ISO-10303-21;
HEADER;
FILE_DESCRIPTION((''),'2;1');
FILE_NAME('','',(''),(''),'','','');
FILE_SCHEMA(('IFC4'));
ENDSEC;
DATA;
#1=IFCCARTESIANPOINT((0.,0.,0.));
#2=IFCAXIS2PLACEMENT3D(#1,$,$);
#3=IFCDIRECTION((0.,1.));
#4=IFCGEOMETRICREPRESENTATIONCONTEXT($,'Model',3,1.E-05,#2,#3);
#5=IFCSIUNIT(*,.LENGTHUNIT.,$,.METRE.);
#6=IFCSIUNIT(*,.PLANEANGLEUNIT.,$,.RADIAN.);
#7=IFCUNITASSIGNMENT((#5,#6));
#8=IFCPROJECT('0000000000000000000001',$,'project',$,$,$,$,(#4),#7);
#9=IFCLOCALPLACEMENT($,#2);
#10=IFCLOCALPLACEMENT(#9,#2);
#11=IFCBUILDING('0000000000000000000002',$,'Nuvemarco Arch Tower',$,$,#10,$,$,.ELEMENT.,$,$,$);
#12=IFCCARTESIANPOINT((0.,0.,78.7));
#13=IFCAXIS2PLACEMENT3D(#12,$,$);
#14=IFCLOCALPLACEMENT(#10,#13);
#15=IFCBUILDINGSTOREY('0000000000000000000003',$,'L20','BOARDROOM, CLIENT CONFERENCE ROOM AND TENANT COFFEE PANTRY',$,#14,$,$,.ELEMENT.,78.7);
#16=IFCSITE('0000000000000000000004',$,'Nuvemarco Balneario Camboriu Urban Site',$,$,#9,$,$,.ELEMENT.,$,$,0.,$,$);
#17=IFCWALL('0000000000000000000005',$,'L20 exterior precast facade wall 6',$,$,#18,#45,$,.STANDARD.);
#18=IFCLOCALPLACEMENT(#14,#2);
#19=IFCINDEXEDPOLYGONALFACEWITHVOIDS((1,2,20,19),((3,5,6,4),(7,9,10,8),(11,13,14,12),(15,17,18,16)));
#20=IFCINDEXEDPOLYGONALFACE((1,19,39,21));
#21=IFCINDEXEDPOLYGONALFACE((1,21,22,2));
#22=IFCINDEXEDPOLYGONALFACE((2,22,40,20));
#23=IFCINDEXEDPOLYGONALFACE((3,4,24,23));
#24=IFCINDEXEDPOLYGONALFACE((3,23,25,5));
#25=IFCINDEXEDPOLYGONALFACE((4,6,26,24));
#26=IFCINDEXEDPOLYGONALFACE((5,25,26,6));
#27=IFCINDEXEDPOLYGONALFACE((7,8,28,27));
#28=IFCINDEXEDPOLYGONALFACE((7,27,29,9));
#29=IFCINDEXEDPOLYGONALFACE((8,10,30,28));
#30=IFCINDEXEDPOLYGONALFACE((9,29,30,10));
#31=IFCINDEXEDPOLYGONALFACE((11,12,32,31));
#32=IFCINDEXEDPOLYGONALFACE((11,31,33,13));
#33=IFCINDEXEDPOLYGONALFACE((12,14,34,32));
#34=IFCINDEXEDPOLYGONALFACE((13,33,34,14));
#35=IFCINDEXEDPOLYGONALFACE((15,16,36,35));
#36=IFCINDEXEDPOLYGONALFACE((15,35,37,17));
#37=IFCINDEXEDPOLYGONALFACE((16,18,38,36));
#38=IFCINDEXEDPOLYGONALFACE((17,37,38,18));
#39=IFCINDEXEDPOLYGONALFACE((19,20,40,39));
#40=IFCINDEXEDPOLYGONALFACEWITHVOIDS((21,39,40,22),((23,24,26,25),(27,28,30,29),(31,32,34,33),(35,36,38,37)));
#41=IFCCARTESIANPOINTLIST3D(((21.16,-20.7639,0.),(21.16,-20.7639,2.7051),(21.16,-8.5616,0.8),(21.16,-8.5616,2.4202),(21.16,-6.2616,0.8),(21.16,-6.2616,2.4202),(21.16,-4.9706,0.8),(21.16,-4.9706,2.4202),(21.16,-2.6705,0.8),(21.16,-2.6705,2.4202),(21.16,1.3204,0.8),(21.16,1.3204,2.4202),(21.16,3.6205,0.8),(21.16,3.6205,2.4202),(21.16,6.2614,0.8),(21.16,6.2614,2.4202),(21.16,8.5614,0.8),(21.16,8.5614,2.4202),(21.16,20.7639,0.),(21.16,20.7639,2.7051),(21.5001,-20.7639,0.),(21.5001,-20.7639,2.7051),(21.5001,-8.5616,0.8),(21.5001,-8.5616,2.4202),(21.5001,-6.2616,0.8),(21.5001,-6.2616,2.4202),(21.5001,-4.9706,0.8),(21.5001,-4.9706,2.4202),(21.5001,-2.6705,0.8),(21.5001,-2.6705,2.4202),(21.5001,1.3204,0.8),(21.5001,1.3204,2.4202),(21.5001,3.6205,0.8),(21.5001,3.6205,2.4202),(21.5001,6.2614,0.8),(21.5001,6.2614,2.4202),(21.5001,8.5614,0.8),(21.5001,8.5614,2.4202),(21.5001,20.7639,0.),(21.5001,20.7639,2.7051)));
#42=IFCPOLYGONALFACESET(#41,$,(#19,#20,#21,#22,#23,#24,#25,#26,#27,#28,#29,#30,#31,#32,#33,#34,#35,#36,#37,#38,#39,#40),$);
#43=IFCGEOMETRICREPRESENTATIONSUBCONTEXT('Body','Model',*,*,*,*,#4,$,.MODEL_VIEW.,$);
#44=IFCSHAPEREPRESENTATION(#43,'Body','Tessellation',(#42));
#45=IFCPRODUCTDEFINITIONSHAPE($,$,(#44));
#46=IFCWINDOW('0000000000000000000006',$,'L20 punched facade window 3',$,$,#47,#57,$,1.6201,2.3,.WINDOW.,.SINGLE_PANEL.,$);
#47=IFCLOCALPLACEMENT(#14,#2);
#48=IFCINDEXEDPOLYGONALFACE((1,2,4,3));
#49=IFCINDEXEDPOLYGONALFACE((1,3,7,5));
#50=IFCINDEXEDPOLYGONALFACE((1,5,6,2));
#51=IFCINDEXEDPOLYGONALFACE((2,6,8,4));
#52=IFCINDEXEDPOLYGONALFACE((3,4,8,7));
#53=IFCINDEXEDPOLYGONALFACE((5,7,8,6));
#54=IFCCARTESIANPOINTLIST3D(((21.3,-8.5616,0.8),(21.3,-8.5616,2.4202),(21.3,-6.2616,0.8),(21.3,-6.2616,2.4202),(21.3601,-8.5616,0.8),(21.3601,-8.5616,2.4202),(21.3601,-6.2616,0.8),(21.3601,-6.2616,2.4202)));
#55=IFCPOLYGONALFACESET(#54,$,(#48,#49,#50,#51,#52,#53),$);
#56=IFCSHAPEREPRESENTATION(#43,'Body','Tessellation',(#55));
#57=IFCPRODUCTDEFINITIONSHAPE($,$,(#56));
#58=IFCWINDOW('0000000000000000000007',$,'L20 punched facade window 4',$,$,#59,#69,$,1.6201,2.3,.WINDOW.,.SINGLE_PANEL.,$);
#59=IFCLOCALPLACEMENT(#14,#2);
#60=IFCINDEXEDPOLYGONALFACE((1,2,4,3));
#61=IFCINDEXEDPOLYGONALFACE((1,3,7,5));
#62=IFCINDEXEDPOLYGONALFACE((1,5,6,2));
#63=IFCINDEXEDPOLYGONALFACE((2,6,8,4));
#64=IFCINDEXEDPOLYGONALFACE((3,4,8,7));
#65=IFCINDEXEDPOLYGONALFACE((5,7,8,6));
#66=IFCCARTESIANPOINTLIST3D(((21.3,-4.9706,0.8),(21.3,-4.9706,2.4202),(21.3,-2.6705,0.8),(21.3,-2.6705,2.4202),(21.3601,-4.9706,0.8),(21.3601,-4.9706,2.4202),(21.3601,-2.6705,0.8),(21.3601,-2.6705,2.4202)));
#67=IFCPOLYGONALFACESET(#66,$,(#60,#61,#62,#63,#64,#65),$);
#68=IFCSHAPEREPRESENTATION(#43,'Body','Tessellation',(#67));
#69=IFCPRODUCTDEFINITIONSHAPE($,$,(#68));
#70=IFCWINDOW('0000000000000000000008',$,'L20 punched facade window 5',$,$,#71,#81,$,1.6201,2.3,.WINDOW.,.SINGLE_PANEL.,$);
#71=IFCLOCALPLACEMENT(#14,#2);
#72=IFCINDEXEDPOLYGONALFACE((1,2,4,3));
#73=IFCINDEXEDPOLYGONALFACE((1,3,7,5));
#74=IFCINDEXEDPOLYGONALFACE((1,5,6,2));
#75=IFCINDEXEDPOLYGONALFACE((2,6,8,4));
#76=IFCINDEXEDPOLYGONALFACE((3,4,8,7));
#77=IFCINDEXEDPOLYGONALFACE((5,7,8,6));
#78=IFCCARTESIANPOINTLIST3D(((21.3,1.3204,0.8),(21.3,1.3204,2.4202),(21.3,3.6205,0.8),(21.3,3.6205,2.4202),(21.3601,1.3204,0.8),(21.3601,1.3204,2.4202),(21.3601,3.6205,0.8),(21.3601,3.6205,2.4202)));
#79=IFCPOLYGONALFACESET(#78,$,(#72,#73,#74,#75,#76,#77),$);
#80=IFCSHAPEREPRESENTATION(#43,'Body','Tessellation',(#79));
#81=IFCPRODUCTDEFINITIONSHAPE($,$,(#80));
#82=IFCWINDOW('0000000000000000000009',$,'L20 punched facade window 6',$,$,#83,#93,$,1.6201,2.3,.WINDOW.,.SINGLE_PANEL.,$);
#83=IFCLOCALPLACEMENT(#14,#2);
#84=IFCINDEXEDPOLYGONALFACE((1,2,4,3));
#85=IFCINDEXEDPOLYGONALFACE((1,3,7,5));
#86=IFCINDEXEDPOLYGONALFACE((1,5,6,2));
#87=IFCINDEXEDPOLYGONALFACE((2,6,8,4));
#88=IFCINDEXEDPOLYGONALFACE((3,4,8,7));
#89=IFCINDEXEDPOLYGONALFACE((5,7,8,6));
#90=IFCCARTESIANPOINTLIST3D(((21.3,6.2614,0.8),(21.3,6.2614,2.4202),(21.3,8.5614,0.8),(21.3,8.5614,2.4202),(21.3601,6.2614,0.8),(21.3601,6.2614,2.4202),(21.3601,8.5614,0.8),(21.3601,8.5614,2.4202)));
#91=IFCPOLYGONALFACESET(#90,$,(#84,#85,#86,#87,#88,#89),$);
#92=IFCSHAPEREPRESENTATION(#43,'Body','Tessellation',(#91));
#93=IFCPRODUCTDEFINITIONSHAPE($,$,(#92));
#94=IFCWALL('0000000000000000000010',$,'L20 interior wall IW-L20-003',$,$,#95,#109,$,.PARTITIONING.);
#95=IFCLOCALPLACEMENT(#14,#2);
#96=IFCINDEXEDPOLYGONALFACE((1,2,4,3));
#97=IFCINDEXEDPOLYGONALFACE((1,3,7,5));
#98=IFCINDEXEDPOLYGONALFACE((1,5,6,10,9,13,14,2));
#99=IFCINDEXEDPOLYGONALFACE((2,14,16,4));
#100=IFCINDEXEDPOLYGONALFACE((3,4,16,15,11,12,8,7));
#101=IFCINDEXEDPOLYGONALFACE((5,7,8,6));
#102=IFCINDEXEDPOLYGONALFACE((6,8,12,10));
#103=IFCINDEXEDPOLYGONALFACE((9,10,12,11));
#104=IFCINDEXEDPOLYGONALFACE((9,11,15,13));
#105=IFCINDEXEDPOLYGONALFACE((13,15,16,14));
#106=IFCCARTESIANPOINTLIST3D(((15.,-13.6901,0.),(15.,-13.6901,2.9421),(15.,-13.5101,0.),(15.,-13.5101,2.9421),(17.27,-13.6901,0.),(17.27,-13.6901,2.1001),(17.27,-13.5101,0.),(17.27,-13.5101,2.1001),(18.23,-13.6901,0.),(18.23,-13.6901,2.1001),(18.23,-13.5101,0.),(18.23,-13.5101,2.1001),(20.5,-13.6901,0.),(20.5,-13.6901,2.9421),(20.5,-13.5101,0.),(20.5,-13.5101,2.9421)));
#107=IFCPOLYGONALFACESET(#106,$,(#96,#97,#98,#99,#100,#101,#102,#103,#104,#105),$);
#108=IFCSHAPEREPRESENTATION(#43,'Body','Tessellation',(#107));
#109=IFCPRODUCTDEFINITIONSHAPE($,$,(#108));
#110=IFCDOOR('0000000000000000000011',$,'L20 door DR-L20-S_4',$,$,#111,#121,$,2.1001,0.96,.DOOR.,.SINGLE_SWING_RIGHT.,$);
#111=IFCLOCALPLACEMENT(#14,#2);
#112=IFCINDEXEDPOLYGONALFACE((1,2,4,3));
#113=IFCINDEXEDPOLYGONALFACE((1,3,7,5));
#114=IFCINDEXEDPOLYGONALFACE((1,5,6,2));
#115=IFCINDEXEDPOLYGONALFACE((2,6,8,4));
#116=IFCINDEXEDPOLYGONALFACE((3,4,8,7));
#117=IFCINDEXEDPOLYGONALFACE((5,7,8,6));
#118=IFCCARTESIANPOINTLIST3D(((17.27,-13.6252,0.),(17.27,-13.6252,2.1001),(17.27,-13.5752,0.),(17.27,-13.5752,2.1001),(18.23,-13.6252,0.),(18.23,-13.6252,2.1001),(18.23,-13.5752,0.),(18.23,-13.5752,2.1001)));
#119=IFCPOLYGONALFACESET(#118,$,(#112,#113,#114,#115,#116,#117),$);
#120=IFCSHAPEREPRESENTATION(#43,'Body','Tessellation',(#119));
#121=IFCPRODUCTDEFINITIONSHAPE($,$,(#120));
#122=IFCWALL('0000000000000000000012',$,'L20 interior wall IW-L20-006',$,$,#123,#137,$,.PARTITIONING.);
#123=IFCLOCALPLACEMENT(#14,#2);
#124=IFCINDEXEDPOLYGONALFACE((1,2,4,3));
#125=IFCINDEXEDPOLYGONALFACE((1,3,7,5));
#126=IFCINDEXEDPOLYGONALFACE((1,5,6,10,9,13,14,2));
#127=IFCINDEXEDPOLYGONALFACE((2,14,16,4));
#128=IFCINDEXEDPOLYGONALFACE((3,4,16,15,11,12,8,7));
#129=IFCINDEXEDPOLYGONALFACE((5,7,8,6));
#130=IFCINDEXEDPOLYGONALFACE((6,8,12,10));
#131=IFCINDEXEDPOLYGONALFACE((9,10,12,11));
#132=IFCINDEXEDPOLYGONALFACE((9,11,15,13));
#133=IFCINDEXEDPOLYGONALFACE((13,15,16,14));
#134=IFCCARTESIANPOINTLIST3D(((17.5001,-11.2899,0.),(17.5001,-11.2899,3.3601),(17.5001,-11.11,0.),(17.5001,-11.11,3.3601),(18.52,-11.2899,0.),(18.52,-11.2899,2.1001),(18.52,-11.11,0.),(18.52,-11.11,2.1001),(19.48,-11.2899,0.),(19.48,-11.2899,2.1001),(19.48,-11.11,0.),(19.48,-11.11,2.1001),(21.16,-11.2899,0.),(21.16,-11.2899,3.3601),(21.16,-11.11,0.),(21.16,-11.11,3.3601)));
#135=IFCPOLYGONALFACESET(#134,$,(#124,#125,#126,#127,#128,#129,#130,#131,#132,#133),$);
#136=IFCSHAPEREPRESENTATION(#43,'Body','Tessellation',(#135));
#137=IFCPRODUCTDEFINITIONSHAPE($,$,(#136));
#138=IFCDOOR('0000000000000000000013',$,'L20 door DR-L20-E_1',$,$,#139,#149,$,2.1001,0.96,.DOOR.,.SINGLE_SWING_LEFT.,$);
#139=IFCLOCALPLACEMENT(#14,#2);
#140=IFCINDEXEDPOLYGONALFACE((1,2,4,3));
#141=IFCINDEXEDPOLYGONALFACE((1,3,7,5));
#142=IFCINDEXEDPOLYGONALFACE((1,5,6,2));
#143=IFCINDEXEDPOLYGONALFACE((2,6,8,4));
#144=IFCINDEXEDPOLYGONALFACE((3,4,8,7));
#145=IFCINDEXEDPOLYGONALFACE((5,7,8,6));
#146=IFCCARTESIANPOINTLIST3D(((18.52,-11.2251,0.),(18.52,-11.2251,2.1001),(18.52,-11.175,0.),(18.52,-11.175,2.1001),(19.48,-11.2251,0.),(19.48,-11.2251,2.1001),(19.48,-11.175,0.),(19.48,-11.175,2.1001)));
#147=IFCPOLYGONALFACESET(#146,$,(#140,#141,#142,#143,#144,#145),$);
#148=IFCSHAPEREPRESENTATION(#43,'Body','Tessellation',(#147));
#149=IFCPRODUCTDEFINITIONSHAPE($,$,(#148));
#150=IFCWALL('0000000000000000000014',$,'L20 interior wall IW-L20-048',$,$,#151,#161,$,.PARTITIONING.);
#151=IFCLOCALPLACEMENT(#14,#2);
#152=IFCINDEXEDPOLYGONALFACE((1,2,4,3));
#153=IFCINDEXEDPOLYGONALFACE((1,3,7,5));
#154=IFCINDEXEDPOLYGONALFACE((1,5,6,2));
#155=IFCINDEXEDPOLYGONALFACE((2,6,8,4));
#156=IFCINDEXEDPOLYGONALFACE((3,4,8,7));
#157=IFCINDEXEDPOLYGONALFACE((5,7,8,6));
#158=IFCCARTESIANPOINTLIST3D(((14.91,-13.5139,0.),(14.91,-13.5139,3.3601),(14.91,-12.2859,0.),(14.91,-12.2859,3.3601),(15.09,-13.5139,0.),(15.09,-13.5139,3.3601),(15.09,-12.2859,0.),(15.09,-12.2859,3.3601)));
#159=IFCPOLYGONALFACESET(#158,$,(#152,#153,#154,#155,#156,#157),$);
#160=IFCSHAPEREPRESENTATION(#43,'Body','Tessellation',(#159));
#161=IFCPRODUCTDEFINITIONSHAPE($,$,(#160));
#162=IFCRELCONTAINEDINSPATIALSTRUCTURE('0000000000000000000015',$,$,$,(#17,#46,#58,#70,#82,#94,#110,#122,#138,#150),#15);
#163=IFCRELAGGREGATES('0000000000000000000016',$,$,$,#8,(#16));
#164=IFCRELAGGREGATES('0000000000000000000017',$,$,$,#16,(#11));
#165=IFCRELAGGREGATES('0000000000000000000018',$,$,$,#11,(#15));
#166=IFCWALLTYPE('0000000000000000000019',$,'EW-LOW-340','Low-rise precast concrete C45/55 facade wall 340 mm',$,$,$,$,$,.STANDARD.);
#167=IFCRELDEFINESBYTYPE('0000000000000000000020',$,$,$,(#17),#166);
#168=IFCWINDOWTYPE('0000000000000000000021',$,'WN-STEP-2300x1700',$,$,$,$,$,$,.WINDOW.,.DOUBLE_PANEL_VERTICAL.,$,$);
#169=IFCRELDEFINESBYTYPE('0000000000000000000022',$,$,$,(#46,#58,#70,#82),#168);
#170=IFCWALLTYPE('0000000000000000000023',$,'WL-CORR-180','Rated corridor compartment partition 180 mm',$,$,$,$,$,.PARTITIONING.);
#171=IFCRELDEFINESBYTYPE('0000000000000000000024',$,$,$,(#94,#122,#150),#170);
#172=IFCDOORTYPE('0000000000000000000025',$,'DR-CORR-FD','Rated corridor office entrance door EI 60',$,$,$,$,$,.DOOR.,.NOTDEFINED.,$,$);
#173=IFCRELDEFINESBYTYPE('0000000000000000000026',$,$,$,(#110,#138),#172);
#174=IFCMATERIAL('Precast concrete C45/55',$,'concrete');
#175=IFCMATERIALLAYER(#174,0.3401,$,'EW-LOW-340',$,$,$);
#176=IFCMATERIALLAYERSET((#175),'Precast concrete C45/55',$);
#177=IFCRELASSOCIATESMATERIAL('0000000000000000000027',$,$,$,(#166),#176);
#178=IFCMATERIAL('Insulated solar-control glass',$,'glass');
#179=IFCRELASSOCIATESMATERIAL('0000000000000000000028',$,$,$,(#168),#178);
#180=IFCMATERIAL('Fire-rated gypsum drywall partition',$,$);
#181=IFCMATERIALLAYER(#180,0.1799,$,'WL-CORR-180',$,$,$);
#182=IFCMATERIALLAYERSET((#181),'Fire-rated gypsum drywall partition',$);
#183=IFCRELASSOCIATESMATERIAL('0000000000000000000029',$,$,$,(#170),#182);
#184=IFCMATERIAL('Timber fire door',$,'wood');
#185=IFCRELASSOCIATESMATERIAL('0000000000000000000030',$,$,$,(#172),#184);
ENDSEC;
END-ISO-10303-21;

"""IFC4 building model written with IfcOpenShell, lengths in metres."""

from ifc_helpers import new_model, si_unit, direction, frame, frame_2d, origin, place, context, subcontext, project, spatial, rectangle, extrude, source, transform, mapped, material, layer, layer_set, type_object, type_shapes, element, fill, save


model = new_model("IFC4")

# Units and contexts
model_context = context("Model", 3, precision=1e-05, world=origin(), true_north=direction((0.0, 1.0)))
body_context = subcontext(model_context, "Body", "Model", "MODEL_VIEW")
ifc_project = project(units=[si_unit("LENGTHUNIT", "METRE"), si_unit("PLANEANGLEUNIT", "RADIAN")], contexts=[model_context])

# Site, building, storey
site_placement = place(None, origin())
site = spatial("IfcSite", under=ifc_project, at=site_placement, Name="Nuvemarco Balneario Camboriu Urban Site", CompositionType="ELEMENT", RefElevation=0.0)
building_placement = place(site_placement, origin())
building = spatial("IfcBuilding", under=site, at=building_placement, Name="Nuvemarco Arch Tower", CompositionType="ELEMENT")
storey_placement = place(building_placement, frame((0.0, 0.0, 78.7)))
storey = spatial("IfcBuildingStorey", under=building, at=storey_placement, Name="L20", Description="BOARDROOM, CLIENT CONFERENCE ROOM AND TENANT COFFEE PANTRY", CompositionType="ELEMENT", Elevation=78.7)

# Shared definitions
ifc_material_1 = material(Name="Precast concrete C45/55", Category="concrete")

# Shared definitions
ifc_layer_1 = layer(ifc_material_1, 0.3401, Name="EW-LOW-340")
ifc_layer_set_1 = layer_set([ifc_layer_1], Name="Precast concrete C45/55")
wall_type_1 = type_object("IfcWallType", Name="EW-LOW-340", Description="Low-rise precast concrete C45/55 facade wall 340 mm", PredefinedType="STANDARD", material=ifc_layer_set_1)

# Wall, openings, windows
wall_1_placement = place(storey_placement, frame((21.3301, -20.7639, 0.0), z_axis=(0.0, 0.0, 1.0), x_axis=(0.0, 1.0, 0.0)))
wall_1 = element("IfcWall", 1, at=wall_1_placement, inside=storey, type_object=wall_type_1, Name="L20 exterior precast facade wall 6", PredefinedType="STANDARD", context=body_context, shape_type="SweptSolid", body=[
    extrude(rectangle(XDim=41.5278, YDim=0.3401, at=frame_2d((20.7639, 0.0))), origin(), (0.0, 0.0, 1.0), 2.7051),
])
opening_1_placement = place(wall_1_placement, frame((12.2024, 0.0, 0.8)))
opening_1 = element("IfcOpeningElement", 2, at=opening_1_placement, cuts=wall_1, PredefinedType="OPENING", context=body_context, shape_type="SweptSolid", body=[
    extrude(rectangle(XDim=2.3, YDim=1.6201, at=frame_2d((1.1499, 0.8101))), frame((0.0, 0.1799, 0.0), z_axis=(0.0, -1.0, 0.0), x_axis=(1.0, 0.0, 0.0)), (0.0, 0.0, 1.0), 0.3601),
])
opening_2_placement = place(wall_1_placement, frame((15.7935, 0.0, 0.8)))
opening_2 = element("IfcOpeningElement", 3, at=opening_2_placement, cuts=wall_1, PredefinedType="OPENING", context=body_context, shape_type="SweptSolid", body=[
    extrude(rectangle(XDim=2.3, YDim=1.6201, at=frame_2d((1.1499, 0.8101))), frame((0.0, 0.1799, 0.0), z_axis=(0.0, -1.0, 0.0), x_axis=(1.0, 0.0, 0.0)), (0.0, 0.0, 1.0), 0.3601),
])
opening_3_placement = place(wall_1_placement, frame((22.0845, 0.0, 0.8)))
opening_3 = element("IfcOpeningElement", 4, at=opening_3_placement, cuts=wall_1, PredefinedType="OPENING", context=body_context, shape_type="SweptSolid", body=[
    extrude(rectangle(XDim=2.3, YDim=1.6201, at=frame_2d((1.1499, 0.8101))), frame((0.0, 0.1799, 0.0), z_axis=(0.0, -1.0, 0.0), x_axis=(1.0, 0.0, 0.0)), (0.0, 0.0, 1.0), 0.3601),
])
opening_4_placement = place(wall_1_placement, frame((27.0254, 0.0, 0.8)))
opening_4 = element("IfcOpeningElement", 5, at=opening_4_placement, cuts=wall_1, PredefinedType="OPENING", context=body_context, shape_type="SweptSolid", body=[
    extrude(rectangle(XDim=2.3, YDim=1.6201, at=frame_2d((1.1499, 0.8101))), frame((0.0, 0.1799, 0.0), z_axis=(0.0, -1.0, 0.0), x_axis=(1.0, 0.0, 0.0)), (0.0, 0.0, 1.0), 0.3601),
])
ifc_material_2 = material(Name="Insulated solar-control glass", Category="glass")
window_type = type_object("IfcWindowType", Name="WN-STEP-2300x1700", PartitioningType="DOUBLE_PANEL_VERTICAL", PredefinedType="WINDOW", material=ifc_material_2)
shared_shape_1 = source(origin(), body_context, "Body", "SweptSolid", [
    extrude(rectangle(XDim=2.3, YDim=1.6201, at=frame_2d((1.1499, 0.8101))), frame((0.0, 0.03, 0.0), z_axis=(0.0, -1.0, 0.0), x_axis=(1.0, 0.0, 0.0)), (0.0, 0.0, 1.0), 0.0601),
])
type_shapes(window_type, [shared_shape_1])
window_1_placement = place(opening_1_placement, origin())
window_1 = element("IfcWindow", 6, at=window_1_placement, inside=storey, type_object=window_type, Name="L20 punched facade window 3", OverallHeight=1.6201, OverallWidth=2.3, PartitioningType="SINGLE_PANEL", PredefinedType="WINDOW", context=body_context, shape_type="MappedRepresentation", body=[
    mapped(shared_shape_1, transform((0.0, 0.0, 0.0), scale=1.0)),
])
fill(opening_1, window_1)
window_2_placement = place(opening_2_placement, origin())
window_2 = element("IfcWindow", 7, at=window_2_placement, inside=storey, type_object=window_type, Name="L20 punched facade window 4", OverallHeight=1.6201, OverallWidth=2.3, PartitioningType="SINGLE_PANEL", PredefinedType="WINDOW", context=body_context, shape_type="MappedRepresentation", body=[
    mapped(shared_shape_1, transform((0.0, 0.0, 0.0), scale=1.0)),
])
fill(opening_2, window_2)
window_3_placement = place(opening_3_placement, origin())
window_3 = element("IfcWindow", 8, at=window_3_placement, inside=storey, type_object=window_type, Name="L20 punched facade window 5", OverallHeight=1.6201, OverallWidth=2.3, PartitioningType="SINGLE_PANEL", PredefinedType="WINDOW", context=body_context, shape_type="MappedRepresentation", body=[
    mapped(shared_shape_1, transform((0.0, 0.0, 0.0), scale=1.0)),
])
fill(opening_3, window_3)
window_4_placement = place(opening_4_placement, origin())
window_4 = element("IfcWindow", 9, at=window_4_placement, inside=storey, type_object=window_type, Name="L20 punched facade window 6", OverallHeight=1.6201, OverallWidth=2.3, PartitioningType="SINGLE_PANEL", PredefinedType="WINDOW", context=body_context, shape_type="MappedRepresentation", body=[
    mapped(shared_shape_1, transform((0.0, 0.0, 0.0), scale=1.0)),
])
fill(opening_4, window_4)

# Walls, openings, doors
ifc_material_3 = material(Name="Fire-rated gypsum drywall partition")
ifc_layer_2 = layer(ifc_material_3, 0.1799, Name="WL-CORR-180")
ifc_layer_set_2 = layer_set([ifc_layer_2], Name="Fire-rated gypsum drywall partition")
wall_type_2 = type_object("IfcWallType", Name="WL-CORR-180", Description="Rated corridor compartment partition 180 mm", PredefinedType="PARTITIONING", material=ifc_layer_set_2)
wall_2_placement = place(storey_placement, frame((15.0, -13.6001, 0.0), z_axis=(0.0, 0.0, 1.0), x_axis=(1.0, 0.0, 0.0)))
wall_2 = element("IfcWall", 10, at=wall_2_placement, inside=storey, type_object=wall_type_2, Name="L20 interior wall IW-L20-003", PredefinedType="PARTITIONING", context=body_context, shape_type="SweptSolid", body=[
    extrude(rectangle(XDim=5.5, YDim=0.1799, at=frame_2d((2.75, 0.0))), origin(), (0.0, 0.0, 1.0), 2.9421),
])
opening_5_placement = place(wall_2_placement, frame((2.27, 0.0, 0.0)))
opening_5 = element("IfcOpeningElement", 11, at=opening_5_placement, cuts=wall_2, PredefinedType="OPENING", context=body_context, shape_type="SweptSolid", body=[
    extrude(rectangle(XDim=0.96, YDim=2.1001, at=frame_2d((0.48, 1.05))), frame((0.0, 0.0999, 0.0), z_axis=(0.0, -1.0, 0.0), x_axis=(1.0, 0.0, 0.0)), (0.0, 0.0, 1.0), 0.2),
])
ifc_material_4 = material(Name="Timber fire door", Category="wood")
door_type = type_object("IfcDoorType", Name="DR-CORR-FD", Description="Rated corridor office entrance door EI 60", OperationType="NOTDEFINED", PredefinedType="DOOR", material=ifc_material_4)
shared_shape_2 = source(origin(), body_context, "Body", "SweptSolid", [
    extrude(rectangle(XDim=0.96, YDim=2.1001, at=frame_2d((0.48, 1.05))), frame((0.0, 0.0249, 0.0), z_axis=(0.0, -1.0, 0.0), x_axis=(1.0, 0.0, 0.0)), (0.0, 0.0, 1.0), 0.05),
])
type_shapes(door_type, [shared_shape_2])
door_1_placement = place(opening_5_placement, origin())
door_1 = element("IfcDoor", 12, at=door_1_placement, inside=storey, type_object=door_type, Name="L20 door DR-L20-S_4", OperationType="SINGLE_SWING_RIGHT", OverallHeight=2.1001, OverallWidth=0.96, PredefinedType="DOOR", context=body_context, shape_type="MappedRepresentation", body=[
    mapped(shared_shape_2, transform((0.0, 0.0, 0.0), scale=1.0)),
])
fill(opening_5, door_1)
wall_3_placement = place(storey_placement, frame((17.5, -11.2, 0.0), z_axis=(0.0, 0.0, 1.0), x_axis=(1.0, 0.0, 0.0)))
wall_3 = element("IfcWall", 13, at=wall_3_placement, inside=storey, type_object=wall_type_2, Name="L20 interior wall IW-L20-006", PredefinedType="PARTITIONING", context=body_context, shape_type="SweptSolid", body=[
    extrude(rectangle(XDim=3.6599, YDim=0.1799, at=frame_2d((1.8301, 0.0))), origin(), (0.0, 0.0, 1.0), 3.3601),
])
opening_6_placement = place(wall_3_placement, frame((1.02, 0.0, 0.0)))
opening_6 = element("IfcOpeningElement", 14, at=opening_6_placement, cuts=wall_3, PredefinedType="OPENING", context=body_context, shape_type="SweptSolid", body=[
    extrude(rectangle(XDim=0.96, YDim=2.1001, at=frame_2d((0.48, 1.05))), frame((0.0, 0.0999, 0.0), z_axis=(0.0, -1.0, 0.0), x_axis=(1.0, 0.0, 0.0)), (0.0, 0.0, 1.0), 0.2),
])
door_2_placement = place(opening_6_placement, origin())
door_2 = element("IfcDoor", 15, at=door_2_placement, inside=storey, type_object=door_type, Name="L20 door DR-L20-E_1", OperationType="SINGLE_SWING_LEFT", OverallHeight=2.1001, OverallWidth=0.96, PredefinedType="DOOR", context=body_context, shape_type="MappedRepresentation", body=[
    mapped(shared_shape_2, transform((0.0, 0.0, 0.0), scale=1.0)),
])
fill(opening_6, door_2)

# Wall
wall_4_placement = place(storey_placement, frame((15.0, -13.5139, 0.0), z_axis=(0.0, 0.0, 1.0), x_axis=(0.0, 1.0, 0.0)))
element("IfcWall", 16, at=wall_4_placement, inside=storey, type_object=wall_type_2, Name="L20 interior wall IW-L20-048", PredefinedType="PARTITIONING", context=body_context, shape_type="SweptSolid", body=[
    extrude(rectangle(XDim=1.228, YDim=0.1799, at=frame_2d((0.614, 0.0))), origin(), (0.0, 0.0, 1.0), 3.3601),
])

save(model, "model.ifc")
